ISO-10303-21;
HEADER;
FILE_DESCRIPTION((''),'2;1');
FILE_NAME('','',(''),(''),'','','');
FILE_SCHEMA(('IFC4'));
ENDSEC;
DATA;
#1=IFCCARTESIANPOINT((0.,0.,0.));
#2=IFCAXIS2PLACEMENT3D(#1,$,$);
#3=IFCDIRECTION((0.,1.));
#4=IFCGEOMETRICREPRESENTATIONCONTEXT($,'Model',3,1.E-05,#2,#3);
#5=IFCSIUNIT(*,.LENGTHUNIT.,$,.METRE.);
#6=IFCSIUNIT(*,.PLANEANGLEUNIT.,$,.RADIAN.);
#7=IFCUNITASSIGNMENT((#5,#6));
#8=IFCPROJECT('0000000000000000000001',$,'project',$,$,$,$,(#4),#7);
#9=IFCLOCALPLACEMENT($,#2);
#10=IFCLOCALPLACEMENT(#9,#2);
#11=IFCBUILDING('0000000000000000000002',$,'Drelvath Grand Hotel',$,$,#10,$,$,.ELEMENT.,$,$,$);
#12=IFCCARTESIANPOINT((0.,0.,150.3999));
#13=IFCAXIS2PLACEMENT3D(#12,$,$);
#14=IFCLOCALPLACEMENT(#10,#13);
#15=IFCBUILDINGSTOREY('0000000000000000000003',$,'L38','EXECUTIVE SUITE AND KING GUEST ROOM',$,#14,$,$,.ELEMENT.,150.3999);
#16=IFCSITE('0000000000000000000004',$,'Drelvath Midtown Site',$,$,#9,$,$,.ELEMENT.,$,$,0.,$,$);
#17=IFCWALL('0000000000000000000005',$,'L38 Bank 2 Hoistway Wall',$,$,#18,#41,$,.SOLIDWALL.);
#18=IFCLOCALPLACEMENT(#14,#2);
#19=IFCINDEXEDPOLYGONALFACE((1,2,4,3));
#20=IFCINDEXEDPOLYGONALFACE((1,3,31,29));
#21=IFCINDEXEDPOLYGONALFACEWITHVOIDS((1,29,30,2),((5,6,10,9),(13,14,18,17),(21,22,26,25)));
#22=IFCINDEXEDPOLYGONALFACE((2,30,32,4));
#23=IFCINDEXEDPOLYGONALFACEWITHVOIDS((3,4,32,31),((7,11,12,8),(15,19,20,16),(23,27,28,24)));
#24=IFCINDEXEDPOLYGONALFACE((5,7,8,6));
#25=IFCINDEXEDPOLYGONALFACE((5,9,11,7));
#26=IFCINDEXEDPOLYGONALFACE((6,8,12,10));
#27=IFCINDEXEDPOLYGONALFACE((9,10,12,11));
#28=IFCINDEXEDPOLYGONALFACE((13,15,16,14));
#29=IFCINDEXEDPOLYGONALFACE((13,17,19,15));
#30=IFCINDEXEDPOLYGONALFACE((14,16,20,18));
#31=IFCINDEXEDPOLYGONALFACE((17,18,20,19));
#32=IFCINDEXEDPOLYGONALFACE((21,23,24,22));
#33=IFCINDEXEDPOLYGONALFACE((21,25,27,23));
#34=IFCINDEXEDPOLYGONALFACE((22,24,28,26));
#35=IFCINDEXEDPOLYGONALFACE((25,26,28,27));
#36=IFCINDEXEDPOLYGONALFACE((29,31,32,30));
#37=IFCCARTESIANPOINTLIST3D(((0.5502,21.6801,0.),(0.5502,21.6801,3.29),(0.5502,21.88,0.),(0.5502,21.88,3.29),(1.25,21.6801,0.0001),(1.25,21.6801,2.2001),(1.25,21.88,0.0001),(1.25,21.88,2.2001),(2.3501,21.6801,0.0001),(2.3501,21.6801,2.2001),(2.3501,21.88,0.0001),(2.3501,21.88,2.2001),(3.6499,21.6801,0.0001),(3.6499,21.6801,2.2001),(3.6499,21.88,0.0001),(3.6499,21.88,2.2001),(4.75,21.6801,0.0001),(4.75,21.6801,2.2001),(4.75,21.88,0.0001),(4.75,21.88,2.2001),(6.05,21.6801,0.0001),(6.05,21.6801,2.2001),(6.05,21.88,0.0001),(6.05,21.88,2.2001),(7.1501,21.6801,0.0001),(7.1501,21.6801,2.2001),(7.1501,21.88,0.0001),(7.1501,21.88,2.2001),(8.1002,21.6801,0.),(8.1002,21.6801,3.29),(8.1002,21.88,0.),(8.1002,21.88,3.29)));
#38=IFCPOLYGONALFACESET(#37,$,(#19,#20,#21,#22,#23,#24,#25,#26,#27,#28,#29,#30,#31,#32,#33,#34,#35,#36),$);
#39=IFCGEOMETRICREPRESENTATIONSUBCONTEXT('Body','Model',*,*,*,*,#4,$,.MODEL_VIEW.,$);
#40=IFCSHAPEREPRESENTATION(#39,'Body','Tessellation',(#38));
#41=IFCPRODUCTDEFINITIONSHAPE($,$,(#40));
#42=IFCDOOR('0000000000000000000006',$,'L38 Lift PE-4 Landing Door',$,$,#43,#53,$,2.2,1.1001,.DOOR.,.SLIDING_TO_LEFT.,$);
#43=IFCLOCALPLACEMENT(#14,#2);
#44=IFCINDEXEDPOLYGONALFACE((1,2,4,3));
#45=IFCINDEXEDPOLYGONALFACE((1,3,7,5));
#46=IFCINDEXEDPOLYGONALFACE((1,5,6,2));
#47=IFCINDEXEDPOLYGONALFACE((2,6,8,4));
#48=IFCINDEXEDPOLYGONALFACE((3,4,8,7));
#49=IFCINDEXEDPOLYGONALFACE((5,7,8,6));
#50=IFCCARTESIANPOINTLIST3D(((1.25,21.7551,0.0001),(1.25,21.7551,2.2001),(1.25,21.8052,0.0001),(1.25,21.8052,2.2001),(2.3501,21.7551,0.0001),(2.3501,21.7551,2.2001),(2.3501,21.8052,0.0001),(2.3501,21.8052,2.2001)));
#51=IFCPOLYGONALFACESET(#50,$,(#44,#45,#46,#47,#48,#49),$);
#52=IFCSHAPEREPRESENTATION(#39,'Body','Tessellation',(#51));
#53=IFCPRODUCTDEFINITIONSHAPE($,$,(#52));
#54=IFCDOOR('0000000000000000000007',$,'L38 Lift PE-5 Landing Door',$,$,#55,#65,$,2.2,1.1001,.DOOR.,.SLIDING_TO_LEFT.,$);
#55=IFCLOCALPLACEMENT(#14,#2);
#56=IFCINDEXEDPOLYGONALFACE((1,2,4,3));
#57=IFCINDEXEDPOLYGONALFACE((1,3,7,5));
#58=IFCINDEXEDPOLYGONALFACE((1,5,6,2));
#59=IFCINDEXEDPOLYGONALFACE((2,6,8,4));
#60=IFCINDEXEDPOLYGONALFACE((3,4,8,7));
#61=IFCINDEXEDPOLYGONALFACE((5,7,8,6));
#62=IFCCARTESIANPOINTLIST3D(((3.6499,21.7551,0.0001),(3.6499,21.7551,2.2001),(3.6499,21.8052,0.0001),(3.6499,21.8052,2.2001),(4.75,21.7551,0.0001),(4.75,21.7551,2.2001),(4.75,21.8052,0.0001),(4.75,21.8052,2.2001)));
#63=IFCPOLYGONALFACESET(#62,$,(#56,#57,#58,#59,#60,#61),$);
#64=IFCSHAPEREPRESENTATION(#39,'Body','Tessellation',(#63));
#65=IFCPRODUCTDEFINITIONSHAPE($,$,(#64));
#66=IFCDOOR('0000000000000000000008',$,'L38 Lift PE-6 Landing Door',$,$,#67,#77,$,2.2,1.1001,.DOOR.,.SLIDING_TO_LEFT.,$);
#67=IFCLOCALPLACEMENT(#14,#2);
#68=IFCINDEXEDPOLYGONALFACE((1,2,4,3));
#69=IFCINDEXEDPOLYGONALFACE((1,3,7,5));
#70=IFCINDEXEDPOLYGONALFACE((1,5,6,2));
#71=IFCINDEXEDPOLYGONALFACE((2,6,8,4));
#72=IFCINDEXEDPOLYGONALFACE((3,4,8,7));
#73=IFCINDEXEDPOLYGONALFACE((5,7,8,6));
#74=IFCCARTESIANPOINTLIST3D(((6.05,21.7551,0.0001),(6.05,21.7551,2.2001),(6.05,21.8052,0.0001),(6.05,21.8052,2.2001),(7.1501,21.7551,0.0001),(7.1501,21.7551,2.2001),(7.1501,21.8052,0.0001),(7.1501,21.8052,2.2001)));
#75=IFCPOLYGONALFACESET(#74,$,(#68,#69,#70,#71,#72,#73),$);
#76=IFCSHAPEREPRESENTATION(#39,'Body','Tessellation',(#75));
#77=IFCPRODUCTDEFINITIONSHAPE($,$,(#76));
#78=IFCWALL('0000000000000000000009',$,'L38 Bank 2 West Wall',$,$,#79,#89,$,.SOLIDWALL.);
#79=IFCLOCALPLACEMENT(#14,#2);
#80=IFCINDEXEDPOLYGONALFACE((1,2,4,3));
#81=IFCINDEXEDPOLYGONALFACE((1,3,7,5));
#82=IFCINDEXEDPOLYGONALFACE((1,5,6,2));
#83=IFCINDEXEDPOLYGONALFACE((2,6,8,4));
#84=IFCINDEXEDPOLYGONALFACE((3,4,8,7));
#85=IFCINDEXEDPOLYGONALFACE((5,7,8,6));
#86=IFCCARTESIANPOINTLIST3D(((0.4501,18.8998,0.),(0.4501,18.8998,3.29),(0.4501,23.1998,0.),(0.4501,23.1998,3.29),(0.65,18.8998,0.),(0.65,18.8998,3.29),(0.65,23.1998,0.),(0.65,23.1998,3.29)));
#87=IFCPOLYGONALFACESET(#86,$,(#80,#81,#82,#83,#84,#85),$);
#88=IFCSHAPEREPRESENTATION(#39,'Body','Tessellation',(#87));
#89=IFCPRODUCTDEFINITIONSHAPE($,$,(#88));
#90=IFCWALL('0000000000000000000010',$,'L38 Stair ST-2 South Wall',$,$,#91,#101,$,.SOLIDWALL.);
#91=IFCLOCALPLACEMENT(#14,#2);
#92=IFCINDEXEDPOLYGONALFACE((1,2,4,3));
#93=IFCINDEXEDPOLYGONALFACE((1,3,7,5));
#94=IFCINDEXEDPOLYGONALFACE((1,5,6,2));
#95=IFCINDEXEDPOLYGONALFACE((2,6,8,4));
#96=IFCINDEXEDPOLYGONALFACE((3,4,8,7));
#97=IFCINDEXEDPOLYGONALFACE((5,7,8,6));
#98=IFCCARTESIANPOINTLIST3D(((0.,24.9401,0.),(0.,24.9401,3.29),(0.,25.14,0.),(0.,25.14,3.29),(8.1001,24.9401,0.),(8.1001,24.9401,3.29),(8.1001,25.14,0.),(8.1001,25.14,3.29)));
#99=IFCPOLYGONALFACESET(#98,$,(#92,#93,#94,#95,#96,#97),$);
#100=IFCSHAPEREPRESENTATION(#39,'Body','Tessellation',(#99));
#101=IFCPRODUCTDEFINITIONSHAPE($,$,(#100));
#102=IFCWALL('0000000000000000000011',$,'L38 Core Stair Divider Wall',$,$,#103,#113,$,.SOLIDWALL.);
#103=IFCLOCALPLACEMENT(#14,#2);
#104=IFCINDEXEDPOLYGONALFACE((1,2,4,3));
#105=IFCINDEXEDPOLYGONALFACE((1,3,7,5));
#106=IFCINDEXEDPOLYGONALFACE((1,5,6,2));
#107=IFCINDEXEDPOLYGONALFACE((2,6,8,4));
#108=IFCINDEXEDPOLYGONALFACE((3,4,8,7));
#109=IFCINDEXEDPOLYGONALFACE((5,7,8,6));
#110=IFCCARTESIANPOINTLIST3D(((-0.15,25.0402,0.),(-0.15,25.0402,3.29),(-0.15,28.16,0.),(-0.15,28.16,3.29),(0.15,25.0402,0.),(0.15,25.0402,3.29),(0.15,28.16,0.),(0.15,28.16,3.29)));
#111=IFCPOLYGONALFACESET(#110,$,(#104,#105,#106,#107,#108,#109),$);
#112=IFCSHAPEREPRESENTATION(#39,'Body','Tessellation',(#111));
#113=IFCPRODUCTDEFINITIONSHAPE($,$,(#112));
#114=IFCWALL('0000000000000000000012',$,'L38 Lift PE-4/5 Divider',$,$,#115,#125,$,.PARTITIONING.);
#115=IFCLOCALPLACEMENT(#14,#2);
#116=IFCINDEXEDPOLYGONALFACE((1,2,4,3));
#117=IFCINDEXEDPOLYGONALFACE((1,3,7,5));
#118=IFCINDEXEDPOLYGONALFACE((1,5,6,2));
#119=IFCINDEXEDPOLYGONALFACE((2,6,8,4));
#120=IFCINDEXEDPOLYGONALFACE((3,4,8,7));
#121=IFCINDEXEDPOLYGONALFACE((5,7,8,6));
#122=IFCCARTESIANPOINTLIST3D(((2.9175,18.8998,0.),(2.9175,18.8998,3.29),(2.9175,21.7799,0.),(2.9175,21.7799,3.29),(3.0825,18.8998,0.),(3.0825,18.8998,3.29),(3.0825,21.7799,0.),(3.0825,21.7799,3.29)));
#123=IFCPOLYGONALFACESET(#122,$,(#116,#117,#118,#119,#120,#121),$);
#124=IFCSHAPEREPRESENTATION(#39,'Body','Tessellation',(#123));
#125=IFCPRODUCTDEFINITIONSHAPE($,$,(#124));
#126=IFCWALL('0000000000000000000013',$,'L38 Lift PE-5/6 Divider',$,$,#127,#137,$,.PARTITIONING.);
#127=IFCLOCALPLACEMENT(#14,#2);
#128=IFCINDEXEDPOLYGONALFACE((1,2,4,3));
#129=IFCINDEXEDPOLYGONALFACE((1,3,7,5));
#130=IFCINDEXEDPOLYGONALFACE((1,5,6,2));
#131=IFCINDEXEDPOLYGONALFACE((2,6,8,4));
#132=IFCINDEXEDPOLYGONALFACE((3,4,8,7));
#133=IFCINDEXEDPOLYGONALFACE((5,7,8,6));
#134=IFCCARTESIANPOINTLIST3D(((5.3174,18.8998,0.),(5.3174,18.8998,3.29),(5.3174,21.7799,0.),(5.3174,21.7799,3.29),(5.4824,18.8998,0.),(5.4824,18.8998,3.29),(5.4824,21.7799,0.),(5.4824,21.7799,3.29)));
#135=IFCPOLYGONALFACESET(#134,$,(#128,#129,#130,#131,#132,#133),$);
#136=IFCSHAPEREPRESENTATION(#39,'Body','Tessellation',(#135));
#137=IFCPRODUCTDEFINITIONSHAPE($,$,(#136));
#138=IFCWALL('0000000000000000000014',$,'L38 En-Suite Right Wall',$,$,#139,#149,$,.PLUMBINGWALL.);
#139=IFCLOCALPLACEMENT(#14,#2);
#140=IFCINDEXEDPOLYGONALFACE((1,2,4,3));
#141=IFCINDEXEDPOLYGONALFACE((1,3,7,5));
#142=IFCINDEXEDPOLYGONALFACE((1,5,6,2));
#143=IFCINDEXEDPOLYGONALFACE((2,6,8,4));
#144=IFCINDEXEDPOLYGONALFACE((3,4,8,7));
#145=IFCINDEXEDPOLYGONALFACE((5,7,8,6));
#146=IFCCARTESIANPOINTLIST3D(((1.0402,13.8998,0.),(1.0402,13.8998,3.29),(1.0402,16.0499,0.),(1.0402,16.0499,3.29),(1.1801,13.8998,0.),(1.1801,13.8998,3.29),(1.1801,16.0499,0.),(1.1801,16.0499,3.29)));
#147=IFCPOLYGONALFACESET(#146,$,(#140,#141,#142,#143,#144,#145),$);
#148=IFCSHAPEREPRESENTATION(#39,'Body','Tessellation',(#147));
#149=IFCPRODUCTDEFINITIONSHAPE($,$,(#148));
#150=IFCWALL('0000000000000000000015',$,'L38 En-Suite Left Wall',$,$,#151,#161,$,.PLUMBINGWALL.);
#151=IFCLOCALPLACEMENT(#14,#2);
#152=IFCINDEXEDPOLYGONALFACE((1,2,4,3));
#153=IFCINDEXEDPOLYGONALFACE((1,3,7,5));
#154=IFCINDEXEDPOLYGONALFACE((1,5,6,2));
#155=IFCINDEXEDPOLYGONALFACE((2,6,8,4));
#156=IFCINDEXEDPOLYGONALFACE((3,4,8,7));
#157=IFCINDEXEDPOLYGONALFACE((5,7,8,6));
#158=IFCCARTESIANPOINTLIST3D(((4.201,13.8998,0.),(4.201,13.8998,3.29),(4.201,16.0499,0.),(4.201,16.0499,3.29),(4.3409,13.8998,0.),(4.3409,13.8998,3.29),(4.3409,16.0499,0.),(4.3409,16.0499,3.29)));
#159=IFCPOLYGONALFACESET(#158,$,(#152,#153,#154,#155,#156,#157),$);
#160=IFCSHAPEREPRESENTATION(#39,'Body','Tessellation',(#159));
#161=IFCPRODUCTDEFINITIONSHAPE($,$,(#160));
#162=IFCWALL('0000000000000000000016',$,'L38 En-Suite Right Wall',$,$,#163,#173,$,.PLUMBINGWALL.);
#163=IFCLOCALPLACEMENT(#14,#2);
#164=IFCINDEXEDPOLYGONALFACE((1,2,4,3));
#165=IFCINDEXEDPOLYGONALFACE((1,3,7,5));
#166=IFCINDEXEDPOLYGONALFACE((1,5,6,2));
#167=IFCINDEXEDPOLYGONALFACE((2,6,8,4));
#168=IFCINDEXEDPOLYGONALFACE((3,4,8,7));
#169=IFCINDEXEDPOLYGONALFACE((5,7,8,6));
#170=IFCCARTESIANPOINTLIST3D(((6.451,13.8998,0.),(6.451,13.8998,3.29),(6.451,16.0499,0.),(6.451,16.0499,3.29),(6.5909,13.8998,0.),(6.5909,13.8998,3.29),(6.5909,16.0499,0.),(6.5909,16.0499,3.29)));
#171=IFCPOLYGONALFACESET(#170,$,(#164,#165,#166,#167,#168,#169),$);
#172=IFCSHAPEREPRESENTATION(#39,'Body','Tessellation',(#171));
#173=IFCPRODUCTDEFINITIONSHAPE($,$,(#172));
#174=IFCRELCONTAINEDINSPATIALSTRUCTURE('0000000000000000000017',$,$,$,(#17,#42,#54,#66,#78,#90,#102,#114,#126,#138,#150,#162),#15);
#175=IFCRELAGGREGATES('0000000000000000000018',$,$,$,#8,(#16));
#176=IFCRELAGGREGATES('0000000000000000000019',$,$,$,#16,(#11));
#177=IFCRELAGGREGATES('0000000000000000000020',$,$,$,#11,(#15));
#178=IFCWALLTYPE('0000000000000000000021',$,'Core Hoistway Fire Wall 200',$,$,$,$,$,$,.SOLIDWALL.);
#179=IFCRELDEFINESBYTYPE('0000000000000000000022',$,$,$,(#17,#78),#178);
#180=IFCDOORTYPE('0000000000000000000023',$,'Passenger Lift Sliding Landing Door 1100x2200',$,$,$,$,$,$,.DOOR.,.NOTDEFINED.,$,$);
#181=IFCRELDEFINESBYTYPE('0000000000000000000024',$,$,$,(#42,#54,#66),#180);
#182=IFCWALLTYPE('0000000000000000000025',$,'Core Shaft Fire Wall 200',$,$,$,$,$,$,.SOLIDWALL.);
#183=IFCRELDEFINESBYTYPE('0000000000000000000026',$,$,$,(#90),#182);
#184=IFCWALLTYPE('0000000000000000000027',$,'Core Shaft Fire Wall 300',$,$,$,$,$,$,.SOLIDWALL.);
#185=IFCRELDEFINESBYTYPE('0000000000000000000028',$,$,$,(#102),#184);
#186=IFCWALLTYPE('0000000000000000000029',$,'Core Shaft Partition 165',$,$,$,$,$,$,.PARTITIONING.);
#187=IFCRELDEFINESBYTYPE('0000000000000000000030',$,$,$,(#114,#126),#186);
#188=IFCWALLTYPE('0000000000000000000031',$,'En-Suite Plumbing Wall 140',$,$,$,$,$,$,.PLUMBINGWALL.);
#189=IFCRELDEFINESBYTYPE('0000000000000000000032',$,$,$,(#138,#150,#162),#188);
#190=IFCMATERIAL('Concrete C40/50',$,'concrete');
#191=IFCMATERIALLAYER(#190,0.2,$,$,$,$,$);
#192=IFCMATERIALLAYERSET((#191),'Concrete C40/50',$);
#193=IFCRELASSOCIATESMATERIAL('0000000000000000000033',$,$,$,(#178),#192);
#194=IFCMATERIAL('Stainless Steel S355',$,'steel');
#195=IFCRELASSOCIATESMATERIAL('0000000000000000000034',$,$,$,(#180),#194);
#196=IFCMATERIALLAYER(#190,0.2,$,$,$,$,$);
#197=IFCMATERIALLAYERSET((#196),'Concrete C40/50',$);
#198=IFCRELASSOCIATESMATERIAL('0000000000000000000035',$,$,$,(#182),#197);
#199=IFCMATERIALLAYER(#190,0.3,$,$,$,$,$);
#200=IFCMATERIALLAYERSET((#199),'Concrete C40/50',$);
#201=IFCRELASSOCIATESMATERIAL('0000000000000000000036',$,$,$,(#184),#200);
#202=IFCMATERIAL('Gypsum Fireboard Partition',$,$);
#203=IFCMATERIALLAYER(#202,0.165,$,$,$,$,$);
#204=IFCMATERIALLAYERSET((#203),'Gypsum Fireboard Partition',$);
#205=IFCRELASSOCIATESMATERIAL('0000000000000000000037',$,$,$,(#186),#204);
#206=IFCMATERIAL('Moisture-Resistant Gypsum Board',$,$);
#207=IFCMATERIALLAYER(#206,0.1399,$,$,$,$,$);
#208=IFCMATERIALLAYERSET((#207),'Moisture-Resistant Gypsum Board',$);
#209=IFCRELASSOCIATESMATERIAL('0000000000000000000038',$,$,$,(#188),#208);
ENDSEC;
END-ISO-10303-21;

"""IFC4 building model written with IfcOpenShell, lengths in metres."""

from ifc_helpers import new_model, si_unit, direction, frame, frame_2d, origin, place, context, subcontext, project, spatial, rectangle, extrude, material, layer, layer_set, type_object, element, fill, save


model = new_model("IFC4")

# Units and contexts
model_context = context("Model", 3, precision=1e-05, world=origin(), true_north=direction((0.0, 1.0)))
body_context = subcontext(model_context, "Body", "Model", "MODEL_VIEW")
ifc_project = project(units=[si_unit("LENGTHUNIT", "METRE"), si_unit("PLANEANGLEUNIT", "RADIAN")], contexts=[model_context])

# Site, building, storey
site_placement = place(None, origin())
site = spatial("IfcSite", under=ifc_project, at=site_placement, Name="Drelvath Midtown Site", CompositionType="ELEMENT", RefElevation=0.0)
building_placement = place(site_placement, origin())
building = spatial("IfcBuilding", under=site, at=building_placement, Name="Drelvath Grand Hotel", CompositionType="ELEMENT")
storey_placement = place(building_placement, frame((0.0, 0.0, 150.3999)))
storey = spatial("IfcBuildingStorey", under=building, at=storey_placement, Name="L38", Description="EXECUTIVE SUITE AND KING GUEST ROOM", CompositionType="ELEMENT", Elevation=150.3999)

# Wall, openings, doors
ifc_material_1 = material(Name="Concrete C40/50", Category="concrete")
ifc_layer_1 = layer(ifc_material_1, 0.2)
ifc_layer_set_1 = layer_set([ifc_layer_1], Name="Concrete C40/50")
wall_type_1 = type_object("IfcWallType", Name="Core Hoistway Fire Wall 200", PredefinedType="SOLIDWALL", material=ifc_layer_set_1)
wall_1_placement = place(storey_placement, frame((8.1001, 21.78, 0.0), z_axis=(0.0, 0.0, 1.0), x_axis=(-1.0, 0.0, 0.0)))
wall_1 = element("IfcWall", 1, at=wall_1_placement, inside=storey, type_object=wall_type_1, Name="L38 Bank 2 Hoistway Wall", PredefinedType="SOLIDWALL", context=body_context, shape_type="SweptSolid", body=[
    extrude(rectangle(XDim=7.55, YDim=0.2, at=frame_2d((3.7749, 0.0))), origin(), (0.0, 0.0, 1.0), 3.29),
])
opening_1_placement = place(wall_1_placement, frame((5.75, 0.0, 0.0)))
opening_1 = element("IfcOpeningElement", 2, at=opening_1_placement, cuts=wall_1, PredefinedType="OPENING", context=body_context, shape_type="SweptSolid", body=[
    extrude(rectangle(XDim=1.1001, YDim=2.2, at=frame_2d((0.55, 1.1001))), frame((0.0, 0.1099, 0.0), z_axis=(0.0, -1.0, 0.0), x_axis=(1.0, 0.0, 0.0)), (0.0, 0.0, 1.0), 0.22),
])
opening_2_placement = place(wall_1_placement, frame((3.3501, 0.0, 0.0)))
opening_2 = element("IfcOpeningElement", 3, at=opening_2_placement, cuts=wall_1, PredefinedType="OPENING", context=body_context, shape_type="SweptSolid", body=[
    extrude(rectangle(XDim=1.1001, YDim=2.2, at=frame_2d((0.55, 1.1001))), frame((0.0, 0.1099, 0.0), z_axis=(0.0, -1.0, 0.0), x_axis=(1.0, 0.0, 0.0)), (0.0, 0.0, 1.0), 0.22),
])
opening_3_placement = place(wall_1_placement, frame((0.95, 0.0, 0.0)))
opening_3 = element("IfcOpeningElement", 4, at=opening_3_placement, cuts=wall_1, PredefinedType="OPENING", context=body_context, shape_type="SweptSolid", body=[
    extrude(rectangle(XDim=1.1001, YDim=2.2, at=frame_2d((0.55, 1.1001))), frame((0.0, 0.1099, 0.0), z_axis=(0.0, -1.0, 0.0), x_axis=(1.0, 0.0, 0.0)), (0.0, 0.0, 1.0), 0.22),
])
ifc_material_2 = material(Name="Stainless Steel S355", Category="steel")
door_type_1 = type_object("IfcDoorType", Name="Passenger Lift Sliding Landing Door 1100x2200", OperationType="NOTDEFINED", PredefinedType="DOOR", material=ifc_material_2)
door_1_placement = place(opening_1_placement, origin())
door_1 = element("IfcDoor", 5, at=door_1_placement, inside=storey, type_object=door_type_1, Name="L38 Lift PE-4 Landing Door", OperationType="SLIDING_TO_LEFT", OverallHeight=2.2, OverallWidth=1.1001, PredefinedType="DOOR", context=body_context, shape_type="SweptSolid", body=[
    extrude(rectangle(XDim=1.1001, YDim=2.2, at=frame_2d((0.55, 1.1001))), frame((0.0, 0.0249, 0.0), z_axis=(0.0, -1.0, 0.0), x_axis=(1.0, 0.0, 0.0)), (0.0, 0.0, 1.0), 0.05),
])
fill(opening_1, door_1)
door_2_placement = place(opening_2_placement, origin())
door_2 = element("IfcDoor", 6, at=door_2_placement, inside=storey, type_object=door_type_1, Name="L38 Lift PE-5 Landing Door", OperationType="SLIDING_TO_LEFT", OverallHeight=2.2, OverallWidth=1.1001, PredefinedType="DOOR", context=body_context, shape_type="SweptSolid", body=[
    extrude(rectangle(XDim=1.1001, YDim=2.2, at=frame_2d((0.55, 1.1001))), frame((0.0, 0.0249, 0.0), z_axis=(0.0, -1.0, 0.0), x_axis=(1.0, 0.0, 0.0)), (0.0, 0.0, 1.0), 0.05),
])
fill(opening_2, door_2)
door_3_placement = place(opening_3_placement, origin())
door_3 = element("IfcDoor", 7, at=door_3_placement, inside=storey, type_object=door_type_1, Name="L38 Lift PE-6 Landing Door", OperationType="SLIDING_TO_LEFT", OverallHeight=2.2, OverallWidth=1.1001, PredefinedType="DOOR", context=body_context, shape_type="SweptSolid", body=[
    extrude(rectangle(XDim=1.1001, YDim=2.2, at=frame_2d((0.55, 1.1001))), frame((0.0, 0.0249, 0.0), z_axis=(0.0, -1.0, 0.0), x_axis=(1.0, 0.0, 0.0)), (0.0, 0.0, 1.0), 0.05),
])
fill(opening_3, door_3)

# Walls
wall_2_placement = place(storey_placement, frame((0.55, 18.8999, 0.0), z_axis=(0.0, 0.0, 1.0), x_axis=(0.0, 1.0, 0.0)))
element("IfcWall", 8, at=wall_2_placement, inside=storey, type_object=wall_type_1, Name="L38 Bank 2 West Wall", PredefinedType="SOLIDWALL", context=body_context, shape_type="SweptSolid", body=[
    extrude(rectangle(XDim=4.3, YDim=0.2, at=frame_2d((2.1499, 0.0))), origin(), (0.0, 0.0, 1.0), 3.29),
])
ifc_layer_2 = layer(ifc_material_1, 0.2)
ifc_layer_set_2 = layer_set([ifc_layer_2], Name="Concrete C40/50")
wall_type_2 = type_object("IfcWallType", Name="Core Shaft Fire Wall 200", PredefinedType="SOLIDWALL", material=ifc_layer_set_2)
wall_3_placement = place(storey_placement, frame((0.0, 25.04, 0.0), z_axis=(0.0, 0.0, 1.0), x_axis=(1.0, 0.0, 0.0)))
element("IfcWall", 9, at=wall_3_placement, inside=storey, type_object=wall_type_2, Name="L38 Stair ST-2 South Wall", PredefinedType="SOLIDWALL", context=body_context, shape_type="SweptSolid", body=[
    extrude(rectangle(XDim=8.1001, YDim=0.2, at=frame_2d((4.05, 0.0))), origin(), (0.0, 0.0, 1.0), 3.29),
])
ifc_layer_3 = layer(ifc_material_1, 0.3)
ifc_layer_set_3 = layer_set([ifc_layer_3], Name="Concrete C40/50")
wall_type_3 = type_object("IfcWallType", Name="Core Shaft Fire Wall 300", PredefinedType="SOLIDWALL", material=ifc_layer_set_3)
wall_4_placement = place(storey_placement, frame((0.0, 25.04, 0.0), z_axis=(0.0, 0.0, 1.0), x_axis=(0.0, 1.0, 0.0)))
element("IfcWall", 10, at=wall_4_placement, inside=storey, type_object=wall_type_3, Name="L38 Core Stair Divider Wall", PredefinedType="SOLIDWALL", context=body_context, shape_type="SweptSolid", body=[
    extrude(rectangle(XDim=3.1199, YDim=0.3, at=frame_2d((1.5601, 0.0))), origin(), (0.0, 0.0, 1.0), 3.29),
])
ifc_material_3 = material(Name="Gypsum Fireboard Partition")
ifc_layer_4 = layer(ifc_material_3, 0.165)
ifc_layer_set_4 = layer_set([ifc_layer_4], Name="Gypsum Fireboard Partition")
wall_type_4 = type_object("IfcWallType", Name="Core Shaft Partition 165", PredefinedType="PARTITIONING", material=ifc_layer_set_4)
for number, where, z_axis, x_axis, name in (
    (11, (3.0, 18.8999, 0.0), (0.0, 0.0, 1.0), (0.0, 1.0, 0.0), "L38 Lift PE-4/5 Divider"),
    (12, (5.3999, 18.8999, 0.0), (0.0, 0.0, 1.0), (0.0, 1.0, 0.0), "L38 Lift PE-5/6 Divider"),
):
    element("IfcWall", number, at=place(storey_placement, frame(where, z_axis=z_axis, x_axis=x_axis)), inside=storey, type_object=wall_type_4, Name=name, PredefinedType="PARTITIONING", context=body_context, shape_type="SweptSolid", body=[
        extrude(rectangle(XDim=2.8801, YDim=0.165, at=frame_2d((1.4399, 0.0))), origin(), (0.0, 0.0, 1.0), 3.29),
    ])
ifc_material_4 = material(Name="Moisture-Resistant Gypsum Board")
ifc_layer_5 = layer(ifc_material_4, 0.1399)
ifc_layer_set_5 = layer_set([ifc_layer_5], Name="Moisture-Resistant Gypsum Board")
wall_type_5 = type_object("IfcWallType", Name="En-Suite Plumbing Wall 140", PredefinedType="PLUMBINGWALL", material=ifc_layer_set_5)
for number, where, z_axis, x_axis, name in (
    (13, (1.1101, 16.05, 0.0), (0.0, 0.0, 1.0), (0.0, -1.0, 0.0), "L38 En-Suite Right Wall"),
    (14, (4.271, 16.05, 0.0), (0.0, 0.0, 1.0), (0.0, -1.0, 0.0), "L38 En-Suite Left Wall"),
    (15, (6.521, 16.05, 0.0), (0.0, 0.0, 1.0), (0.0, -1.0, 0.0), "L38 En-Suite Right Wall"),
):
    element("IfcWall", number, at=place(storey_placement, frame(where, z_axis=z_axis, x_axis=x_axis)), inside=storey, type_object=wall_type_5, Name=name, PredefinedType="PLUMBINGWALL", context=body_context, shape_type="SweptSolid", body=[
        extrude(rectangle(XDim=2.1501, YDim=0.1399, at=frame_2d((1.0752, 0.0))), origin(), (0.0, 0.0, 1.0), 3.29),
    ])

save(model, "model.ifc")
